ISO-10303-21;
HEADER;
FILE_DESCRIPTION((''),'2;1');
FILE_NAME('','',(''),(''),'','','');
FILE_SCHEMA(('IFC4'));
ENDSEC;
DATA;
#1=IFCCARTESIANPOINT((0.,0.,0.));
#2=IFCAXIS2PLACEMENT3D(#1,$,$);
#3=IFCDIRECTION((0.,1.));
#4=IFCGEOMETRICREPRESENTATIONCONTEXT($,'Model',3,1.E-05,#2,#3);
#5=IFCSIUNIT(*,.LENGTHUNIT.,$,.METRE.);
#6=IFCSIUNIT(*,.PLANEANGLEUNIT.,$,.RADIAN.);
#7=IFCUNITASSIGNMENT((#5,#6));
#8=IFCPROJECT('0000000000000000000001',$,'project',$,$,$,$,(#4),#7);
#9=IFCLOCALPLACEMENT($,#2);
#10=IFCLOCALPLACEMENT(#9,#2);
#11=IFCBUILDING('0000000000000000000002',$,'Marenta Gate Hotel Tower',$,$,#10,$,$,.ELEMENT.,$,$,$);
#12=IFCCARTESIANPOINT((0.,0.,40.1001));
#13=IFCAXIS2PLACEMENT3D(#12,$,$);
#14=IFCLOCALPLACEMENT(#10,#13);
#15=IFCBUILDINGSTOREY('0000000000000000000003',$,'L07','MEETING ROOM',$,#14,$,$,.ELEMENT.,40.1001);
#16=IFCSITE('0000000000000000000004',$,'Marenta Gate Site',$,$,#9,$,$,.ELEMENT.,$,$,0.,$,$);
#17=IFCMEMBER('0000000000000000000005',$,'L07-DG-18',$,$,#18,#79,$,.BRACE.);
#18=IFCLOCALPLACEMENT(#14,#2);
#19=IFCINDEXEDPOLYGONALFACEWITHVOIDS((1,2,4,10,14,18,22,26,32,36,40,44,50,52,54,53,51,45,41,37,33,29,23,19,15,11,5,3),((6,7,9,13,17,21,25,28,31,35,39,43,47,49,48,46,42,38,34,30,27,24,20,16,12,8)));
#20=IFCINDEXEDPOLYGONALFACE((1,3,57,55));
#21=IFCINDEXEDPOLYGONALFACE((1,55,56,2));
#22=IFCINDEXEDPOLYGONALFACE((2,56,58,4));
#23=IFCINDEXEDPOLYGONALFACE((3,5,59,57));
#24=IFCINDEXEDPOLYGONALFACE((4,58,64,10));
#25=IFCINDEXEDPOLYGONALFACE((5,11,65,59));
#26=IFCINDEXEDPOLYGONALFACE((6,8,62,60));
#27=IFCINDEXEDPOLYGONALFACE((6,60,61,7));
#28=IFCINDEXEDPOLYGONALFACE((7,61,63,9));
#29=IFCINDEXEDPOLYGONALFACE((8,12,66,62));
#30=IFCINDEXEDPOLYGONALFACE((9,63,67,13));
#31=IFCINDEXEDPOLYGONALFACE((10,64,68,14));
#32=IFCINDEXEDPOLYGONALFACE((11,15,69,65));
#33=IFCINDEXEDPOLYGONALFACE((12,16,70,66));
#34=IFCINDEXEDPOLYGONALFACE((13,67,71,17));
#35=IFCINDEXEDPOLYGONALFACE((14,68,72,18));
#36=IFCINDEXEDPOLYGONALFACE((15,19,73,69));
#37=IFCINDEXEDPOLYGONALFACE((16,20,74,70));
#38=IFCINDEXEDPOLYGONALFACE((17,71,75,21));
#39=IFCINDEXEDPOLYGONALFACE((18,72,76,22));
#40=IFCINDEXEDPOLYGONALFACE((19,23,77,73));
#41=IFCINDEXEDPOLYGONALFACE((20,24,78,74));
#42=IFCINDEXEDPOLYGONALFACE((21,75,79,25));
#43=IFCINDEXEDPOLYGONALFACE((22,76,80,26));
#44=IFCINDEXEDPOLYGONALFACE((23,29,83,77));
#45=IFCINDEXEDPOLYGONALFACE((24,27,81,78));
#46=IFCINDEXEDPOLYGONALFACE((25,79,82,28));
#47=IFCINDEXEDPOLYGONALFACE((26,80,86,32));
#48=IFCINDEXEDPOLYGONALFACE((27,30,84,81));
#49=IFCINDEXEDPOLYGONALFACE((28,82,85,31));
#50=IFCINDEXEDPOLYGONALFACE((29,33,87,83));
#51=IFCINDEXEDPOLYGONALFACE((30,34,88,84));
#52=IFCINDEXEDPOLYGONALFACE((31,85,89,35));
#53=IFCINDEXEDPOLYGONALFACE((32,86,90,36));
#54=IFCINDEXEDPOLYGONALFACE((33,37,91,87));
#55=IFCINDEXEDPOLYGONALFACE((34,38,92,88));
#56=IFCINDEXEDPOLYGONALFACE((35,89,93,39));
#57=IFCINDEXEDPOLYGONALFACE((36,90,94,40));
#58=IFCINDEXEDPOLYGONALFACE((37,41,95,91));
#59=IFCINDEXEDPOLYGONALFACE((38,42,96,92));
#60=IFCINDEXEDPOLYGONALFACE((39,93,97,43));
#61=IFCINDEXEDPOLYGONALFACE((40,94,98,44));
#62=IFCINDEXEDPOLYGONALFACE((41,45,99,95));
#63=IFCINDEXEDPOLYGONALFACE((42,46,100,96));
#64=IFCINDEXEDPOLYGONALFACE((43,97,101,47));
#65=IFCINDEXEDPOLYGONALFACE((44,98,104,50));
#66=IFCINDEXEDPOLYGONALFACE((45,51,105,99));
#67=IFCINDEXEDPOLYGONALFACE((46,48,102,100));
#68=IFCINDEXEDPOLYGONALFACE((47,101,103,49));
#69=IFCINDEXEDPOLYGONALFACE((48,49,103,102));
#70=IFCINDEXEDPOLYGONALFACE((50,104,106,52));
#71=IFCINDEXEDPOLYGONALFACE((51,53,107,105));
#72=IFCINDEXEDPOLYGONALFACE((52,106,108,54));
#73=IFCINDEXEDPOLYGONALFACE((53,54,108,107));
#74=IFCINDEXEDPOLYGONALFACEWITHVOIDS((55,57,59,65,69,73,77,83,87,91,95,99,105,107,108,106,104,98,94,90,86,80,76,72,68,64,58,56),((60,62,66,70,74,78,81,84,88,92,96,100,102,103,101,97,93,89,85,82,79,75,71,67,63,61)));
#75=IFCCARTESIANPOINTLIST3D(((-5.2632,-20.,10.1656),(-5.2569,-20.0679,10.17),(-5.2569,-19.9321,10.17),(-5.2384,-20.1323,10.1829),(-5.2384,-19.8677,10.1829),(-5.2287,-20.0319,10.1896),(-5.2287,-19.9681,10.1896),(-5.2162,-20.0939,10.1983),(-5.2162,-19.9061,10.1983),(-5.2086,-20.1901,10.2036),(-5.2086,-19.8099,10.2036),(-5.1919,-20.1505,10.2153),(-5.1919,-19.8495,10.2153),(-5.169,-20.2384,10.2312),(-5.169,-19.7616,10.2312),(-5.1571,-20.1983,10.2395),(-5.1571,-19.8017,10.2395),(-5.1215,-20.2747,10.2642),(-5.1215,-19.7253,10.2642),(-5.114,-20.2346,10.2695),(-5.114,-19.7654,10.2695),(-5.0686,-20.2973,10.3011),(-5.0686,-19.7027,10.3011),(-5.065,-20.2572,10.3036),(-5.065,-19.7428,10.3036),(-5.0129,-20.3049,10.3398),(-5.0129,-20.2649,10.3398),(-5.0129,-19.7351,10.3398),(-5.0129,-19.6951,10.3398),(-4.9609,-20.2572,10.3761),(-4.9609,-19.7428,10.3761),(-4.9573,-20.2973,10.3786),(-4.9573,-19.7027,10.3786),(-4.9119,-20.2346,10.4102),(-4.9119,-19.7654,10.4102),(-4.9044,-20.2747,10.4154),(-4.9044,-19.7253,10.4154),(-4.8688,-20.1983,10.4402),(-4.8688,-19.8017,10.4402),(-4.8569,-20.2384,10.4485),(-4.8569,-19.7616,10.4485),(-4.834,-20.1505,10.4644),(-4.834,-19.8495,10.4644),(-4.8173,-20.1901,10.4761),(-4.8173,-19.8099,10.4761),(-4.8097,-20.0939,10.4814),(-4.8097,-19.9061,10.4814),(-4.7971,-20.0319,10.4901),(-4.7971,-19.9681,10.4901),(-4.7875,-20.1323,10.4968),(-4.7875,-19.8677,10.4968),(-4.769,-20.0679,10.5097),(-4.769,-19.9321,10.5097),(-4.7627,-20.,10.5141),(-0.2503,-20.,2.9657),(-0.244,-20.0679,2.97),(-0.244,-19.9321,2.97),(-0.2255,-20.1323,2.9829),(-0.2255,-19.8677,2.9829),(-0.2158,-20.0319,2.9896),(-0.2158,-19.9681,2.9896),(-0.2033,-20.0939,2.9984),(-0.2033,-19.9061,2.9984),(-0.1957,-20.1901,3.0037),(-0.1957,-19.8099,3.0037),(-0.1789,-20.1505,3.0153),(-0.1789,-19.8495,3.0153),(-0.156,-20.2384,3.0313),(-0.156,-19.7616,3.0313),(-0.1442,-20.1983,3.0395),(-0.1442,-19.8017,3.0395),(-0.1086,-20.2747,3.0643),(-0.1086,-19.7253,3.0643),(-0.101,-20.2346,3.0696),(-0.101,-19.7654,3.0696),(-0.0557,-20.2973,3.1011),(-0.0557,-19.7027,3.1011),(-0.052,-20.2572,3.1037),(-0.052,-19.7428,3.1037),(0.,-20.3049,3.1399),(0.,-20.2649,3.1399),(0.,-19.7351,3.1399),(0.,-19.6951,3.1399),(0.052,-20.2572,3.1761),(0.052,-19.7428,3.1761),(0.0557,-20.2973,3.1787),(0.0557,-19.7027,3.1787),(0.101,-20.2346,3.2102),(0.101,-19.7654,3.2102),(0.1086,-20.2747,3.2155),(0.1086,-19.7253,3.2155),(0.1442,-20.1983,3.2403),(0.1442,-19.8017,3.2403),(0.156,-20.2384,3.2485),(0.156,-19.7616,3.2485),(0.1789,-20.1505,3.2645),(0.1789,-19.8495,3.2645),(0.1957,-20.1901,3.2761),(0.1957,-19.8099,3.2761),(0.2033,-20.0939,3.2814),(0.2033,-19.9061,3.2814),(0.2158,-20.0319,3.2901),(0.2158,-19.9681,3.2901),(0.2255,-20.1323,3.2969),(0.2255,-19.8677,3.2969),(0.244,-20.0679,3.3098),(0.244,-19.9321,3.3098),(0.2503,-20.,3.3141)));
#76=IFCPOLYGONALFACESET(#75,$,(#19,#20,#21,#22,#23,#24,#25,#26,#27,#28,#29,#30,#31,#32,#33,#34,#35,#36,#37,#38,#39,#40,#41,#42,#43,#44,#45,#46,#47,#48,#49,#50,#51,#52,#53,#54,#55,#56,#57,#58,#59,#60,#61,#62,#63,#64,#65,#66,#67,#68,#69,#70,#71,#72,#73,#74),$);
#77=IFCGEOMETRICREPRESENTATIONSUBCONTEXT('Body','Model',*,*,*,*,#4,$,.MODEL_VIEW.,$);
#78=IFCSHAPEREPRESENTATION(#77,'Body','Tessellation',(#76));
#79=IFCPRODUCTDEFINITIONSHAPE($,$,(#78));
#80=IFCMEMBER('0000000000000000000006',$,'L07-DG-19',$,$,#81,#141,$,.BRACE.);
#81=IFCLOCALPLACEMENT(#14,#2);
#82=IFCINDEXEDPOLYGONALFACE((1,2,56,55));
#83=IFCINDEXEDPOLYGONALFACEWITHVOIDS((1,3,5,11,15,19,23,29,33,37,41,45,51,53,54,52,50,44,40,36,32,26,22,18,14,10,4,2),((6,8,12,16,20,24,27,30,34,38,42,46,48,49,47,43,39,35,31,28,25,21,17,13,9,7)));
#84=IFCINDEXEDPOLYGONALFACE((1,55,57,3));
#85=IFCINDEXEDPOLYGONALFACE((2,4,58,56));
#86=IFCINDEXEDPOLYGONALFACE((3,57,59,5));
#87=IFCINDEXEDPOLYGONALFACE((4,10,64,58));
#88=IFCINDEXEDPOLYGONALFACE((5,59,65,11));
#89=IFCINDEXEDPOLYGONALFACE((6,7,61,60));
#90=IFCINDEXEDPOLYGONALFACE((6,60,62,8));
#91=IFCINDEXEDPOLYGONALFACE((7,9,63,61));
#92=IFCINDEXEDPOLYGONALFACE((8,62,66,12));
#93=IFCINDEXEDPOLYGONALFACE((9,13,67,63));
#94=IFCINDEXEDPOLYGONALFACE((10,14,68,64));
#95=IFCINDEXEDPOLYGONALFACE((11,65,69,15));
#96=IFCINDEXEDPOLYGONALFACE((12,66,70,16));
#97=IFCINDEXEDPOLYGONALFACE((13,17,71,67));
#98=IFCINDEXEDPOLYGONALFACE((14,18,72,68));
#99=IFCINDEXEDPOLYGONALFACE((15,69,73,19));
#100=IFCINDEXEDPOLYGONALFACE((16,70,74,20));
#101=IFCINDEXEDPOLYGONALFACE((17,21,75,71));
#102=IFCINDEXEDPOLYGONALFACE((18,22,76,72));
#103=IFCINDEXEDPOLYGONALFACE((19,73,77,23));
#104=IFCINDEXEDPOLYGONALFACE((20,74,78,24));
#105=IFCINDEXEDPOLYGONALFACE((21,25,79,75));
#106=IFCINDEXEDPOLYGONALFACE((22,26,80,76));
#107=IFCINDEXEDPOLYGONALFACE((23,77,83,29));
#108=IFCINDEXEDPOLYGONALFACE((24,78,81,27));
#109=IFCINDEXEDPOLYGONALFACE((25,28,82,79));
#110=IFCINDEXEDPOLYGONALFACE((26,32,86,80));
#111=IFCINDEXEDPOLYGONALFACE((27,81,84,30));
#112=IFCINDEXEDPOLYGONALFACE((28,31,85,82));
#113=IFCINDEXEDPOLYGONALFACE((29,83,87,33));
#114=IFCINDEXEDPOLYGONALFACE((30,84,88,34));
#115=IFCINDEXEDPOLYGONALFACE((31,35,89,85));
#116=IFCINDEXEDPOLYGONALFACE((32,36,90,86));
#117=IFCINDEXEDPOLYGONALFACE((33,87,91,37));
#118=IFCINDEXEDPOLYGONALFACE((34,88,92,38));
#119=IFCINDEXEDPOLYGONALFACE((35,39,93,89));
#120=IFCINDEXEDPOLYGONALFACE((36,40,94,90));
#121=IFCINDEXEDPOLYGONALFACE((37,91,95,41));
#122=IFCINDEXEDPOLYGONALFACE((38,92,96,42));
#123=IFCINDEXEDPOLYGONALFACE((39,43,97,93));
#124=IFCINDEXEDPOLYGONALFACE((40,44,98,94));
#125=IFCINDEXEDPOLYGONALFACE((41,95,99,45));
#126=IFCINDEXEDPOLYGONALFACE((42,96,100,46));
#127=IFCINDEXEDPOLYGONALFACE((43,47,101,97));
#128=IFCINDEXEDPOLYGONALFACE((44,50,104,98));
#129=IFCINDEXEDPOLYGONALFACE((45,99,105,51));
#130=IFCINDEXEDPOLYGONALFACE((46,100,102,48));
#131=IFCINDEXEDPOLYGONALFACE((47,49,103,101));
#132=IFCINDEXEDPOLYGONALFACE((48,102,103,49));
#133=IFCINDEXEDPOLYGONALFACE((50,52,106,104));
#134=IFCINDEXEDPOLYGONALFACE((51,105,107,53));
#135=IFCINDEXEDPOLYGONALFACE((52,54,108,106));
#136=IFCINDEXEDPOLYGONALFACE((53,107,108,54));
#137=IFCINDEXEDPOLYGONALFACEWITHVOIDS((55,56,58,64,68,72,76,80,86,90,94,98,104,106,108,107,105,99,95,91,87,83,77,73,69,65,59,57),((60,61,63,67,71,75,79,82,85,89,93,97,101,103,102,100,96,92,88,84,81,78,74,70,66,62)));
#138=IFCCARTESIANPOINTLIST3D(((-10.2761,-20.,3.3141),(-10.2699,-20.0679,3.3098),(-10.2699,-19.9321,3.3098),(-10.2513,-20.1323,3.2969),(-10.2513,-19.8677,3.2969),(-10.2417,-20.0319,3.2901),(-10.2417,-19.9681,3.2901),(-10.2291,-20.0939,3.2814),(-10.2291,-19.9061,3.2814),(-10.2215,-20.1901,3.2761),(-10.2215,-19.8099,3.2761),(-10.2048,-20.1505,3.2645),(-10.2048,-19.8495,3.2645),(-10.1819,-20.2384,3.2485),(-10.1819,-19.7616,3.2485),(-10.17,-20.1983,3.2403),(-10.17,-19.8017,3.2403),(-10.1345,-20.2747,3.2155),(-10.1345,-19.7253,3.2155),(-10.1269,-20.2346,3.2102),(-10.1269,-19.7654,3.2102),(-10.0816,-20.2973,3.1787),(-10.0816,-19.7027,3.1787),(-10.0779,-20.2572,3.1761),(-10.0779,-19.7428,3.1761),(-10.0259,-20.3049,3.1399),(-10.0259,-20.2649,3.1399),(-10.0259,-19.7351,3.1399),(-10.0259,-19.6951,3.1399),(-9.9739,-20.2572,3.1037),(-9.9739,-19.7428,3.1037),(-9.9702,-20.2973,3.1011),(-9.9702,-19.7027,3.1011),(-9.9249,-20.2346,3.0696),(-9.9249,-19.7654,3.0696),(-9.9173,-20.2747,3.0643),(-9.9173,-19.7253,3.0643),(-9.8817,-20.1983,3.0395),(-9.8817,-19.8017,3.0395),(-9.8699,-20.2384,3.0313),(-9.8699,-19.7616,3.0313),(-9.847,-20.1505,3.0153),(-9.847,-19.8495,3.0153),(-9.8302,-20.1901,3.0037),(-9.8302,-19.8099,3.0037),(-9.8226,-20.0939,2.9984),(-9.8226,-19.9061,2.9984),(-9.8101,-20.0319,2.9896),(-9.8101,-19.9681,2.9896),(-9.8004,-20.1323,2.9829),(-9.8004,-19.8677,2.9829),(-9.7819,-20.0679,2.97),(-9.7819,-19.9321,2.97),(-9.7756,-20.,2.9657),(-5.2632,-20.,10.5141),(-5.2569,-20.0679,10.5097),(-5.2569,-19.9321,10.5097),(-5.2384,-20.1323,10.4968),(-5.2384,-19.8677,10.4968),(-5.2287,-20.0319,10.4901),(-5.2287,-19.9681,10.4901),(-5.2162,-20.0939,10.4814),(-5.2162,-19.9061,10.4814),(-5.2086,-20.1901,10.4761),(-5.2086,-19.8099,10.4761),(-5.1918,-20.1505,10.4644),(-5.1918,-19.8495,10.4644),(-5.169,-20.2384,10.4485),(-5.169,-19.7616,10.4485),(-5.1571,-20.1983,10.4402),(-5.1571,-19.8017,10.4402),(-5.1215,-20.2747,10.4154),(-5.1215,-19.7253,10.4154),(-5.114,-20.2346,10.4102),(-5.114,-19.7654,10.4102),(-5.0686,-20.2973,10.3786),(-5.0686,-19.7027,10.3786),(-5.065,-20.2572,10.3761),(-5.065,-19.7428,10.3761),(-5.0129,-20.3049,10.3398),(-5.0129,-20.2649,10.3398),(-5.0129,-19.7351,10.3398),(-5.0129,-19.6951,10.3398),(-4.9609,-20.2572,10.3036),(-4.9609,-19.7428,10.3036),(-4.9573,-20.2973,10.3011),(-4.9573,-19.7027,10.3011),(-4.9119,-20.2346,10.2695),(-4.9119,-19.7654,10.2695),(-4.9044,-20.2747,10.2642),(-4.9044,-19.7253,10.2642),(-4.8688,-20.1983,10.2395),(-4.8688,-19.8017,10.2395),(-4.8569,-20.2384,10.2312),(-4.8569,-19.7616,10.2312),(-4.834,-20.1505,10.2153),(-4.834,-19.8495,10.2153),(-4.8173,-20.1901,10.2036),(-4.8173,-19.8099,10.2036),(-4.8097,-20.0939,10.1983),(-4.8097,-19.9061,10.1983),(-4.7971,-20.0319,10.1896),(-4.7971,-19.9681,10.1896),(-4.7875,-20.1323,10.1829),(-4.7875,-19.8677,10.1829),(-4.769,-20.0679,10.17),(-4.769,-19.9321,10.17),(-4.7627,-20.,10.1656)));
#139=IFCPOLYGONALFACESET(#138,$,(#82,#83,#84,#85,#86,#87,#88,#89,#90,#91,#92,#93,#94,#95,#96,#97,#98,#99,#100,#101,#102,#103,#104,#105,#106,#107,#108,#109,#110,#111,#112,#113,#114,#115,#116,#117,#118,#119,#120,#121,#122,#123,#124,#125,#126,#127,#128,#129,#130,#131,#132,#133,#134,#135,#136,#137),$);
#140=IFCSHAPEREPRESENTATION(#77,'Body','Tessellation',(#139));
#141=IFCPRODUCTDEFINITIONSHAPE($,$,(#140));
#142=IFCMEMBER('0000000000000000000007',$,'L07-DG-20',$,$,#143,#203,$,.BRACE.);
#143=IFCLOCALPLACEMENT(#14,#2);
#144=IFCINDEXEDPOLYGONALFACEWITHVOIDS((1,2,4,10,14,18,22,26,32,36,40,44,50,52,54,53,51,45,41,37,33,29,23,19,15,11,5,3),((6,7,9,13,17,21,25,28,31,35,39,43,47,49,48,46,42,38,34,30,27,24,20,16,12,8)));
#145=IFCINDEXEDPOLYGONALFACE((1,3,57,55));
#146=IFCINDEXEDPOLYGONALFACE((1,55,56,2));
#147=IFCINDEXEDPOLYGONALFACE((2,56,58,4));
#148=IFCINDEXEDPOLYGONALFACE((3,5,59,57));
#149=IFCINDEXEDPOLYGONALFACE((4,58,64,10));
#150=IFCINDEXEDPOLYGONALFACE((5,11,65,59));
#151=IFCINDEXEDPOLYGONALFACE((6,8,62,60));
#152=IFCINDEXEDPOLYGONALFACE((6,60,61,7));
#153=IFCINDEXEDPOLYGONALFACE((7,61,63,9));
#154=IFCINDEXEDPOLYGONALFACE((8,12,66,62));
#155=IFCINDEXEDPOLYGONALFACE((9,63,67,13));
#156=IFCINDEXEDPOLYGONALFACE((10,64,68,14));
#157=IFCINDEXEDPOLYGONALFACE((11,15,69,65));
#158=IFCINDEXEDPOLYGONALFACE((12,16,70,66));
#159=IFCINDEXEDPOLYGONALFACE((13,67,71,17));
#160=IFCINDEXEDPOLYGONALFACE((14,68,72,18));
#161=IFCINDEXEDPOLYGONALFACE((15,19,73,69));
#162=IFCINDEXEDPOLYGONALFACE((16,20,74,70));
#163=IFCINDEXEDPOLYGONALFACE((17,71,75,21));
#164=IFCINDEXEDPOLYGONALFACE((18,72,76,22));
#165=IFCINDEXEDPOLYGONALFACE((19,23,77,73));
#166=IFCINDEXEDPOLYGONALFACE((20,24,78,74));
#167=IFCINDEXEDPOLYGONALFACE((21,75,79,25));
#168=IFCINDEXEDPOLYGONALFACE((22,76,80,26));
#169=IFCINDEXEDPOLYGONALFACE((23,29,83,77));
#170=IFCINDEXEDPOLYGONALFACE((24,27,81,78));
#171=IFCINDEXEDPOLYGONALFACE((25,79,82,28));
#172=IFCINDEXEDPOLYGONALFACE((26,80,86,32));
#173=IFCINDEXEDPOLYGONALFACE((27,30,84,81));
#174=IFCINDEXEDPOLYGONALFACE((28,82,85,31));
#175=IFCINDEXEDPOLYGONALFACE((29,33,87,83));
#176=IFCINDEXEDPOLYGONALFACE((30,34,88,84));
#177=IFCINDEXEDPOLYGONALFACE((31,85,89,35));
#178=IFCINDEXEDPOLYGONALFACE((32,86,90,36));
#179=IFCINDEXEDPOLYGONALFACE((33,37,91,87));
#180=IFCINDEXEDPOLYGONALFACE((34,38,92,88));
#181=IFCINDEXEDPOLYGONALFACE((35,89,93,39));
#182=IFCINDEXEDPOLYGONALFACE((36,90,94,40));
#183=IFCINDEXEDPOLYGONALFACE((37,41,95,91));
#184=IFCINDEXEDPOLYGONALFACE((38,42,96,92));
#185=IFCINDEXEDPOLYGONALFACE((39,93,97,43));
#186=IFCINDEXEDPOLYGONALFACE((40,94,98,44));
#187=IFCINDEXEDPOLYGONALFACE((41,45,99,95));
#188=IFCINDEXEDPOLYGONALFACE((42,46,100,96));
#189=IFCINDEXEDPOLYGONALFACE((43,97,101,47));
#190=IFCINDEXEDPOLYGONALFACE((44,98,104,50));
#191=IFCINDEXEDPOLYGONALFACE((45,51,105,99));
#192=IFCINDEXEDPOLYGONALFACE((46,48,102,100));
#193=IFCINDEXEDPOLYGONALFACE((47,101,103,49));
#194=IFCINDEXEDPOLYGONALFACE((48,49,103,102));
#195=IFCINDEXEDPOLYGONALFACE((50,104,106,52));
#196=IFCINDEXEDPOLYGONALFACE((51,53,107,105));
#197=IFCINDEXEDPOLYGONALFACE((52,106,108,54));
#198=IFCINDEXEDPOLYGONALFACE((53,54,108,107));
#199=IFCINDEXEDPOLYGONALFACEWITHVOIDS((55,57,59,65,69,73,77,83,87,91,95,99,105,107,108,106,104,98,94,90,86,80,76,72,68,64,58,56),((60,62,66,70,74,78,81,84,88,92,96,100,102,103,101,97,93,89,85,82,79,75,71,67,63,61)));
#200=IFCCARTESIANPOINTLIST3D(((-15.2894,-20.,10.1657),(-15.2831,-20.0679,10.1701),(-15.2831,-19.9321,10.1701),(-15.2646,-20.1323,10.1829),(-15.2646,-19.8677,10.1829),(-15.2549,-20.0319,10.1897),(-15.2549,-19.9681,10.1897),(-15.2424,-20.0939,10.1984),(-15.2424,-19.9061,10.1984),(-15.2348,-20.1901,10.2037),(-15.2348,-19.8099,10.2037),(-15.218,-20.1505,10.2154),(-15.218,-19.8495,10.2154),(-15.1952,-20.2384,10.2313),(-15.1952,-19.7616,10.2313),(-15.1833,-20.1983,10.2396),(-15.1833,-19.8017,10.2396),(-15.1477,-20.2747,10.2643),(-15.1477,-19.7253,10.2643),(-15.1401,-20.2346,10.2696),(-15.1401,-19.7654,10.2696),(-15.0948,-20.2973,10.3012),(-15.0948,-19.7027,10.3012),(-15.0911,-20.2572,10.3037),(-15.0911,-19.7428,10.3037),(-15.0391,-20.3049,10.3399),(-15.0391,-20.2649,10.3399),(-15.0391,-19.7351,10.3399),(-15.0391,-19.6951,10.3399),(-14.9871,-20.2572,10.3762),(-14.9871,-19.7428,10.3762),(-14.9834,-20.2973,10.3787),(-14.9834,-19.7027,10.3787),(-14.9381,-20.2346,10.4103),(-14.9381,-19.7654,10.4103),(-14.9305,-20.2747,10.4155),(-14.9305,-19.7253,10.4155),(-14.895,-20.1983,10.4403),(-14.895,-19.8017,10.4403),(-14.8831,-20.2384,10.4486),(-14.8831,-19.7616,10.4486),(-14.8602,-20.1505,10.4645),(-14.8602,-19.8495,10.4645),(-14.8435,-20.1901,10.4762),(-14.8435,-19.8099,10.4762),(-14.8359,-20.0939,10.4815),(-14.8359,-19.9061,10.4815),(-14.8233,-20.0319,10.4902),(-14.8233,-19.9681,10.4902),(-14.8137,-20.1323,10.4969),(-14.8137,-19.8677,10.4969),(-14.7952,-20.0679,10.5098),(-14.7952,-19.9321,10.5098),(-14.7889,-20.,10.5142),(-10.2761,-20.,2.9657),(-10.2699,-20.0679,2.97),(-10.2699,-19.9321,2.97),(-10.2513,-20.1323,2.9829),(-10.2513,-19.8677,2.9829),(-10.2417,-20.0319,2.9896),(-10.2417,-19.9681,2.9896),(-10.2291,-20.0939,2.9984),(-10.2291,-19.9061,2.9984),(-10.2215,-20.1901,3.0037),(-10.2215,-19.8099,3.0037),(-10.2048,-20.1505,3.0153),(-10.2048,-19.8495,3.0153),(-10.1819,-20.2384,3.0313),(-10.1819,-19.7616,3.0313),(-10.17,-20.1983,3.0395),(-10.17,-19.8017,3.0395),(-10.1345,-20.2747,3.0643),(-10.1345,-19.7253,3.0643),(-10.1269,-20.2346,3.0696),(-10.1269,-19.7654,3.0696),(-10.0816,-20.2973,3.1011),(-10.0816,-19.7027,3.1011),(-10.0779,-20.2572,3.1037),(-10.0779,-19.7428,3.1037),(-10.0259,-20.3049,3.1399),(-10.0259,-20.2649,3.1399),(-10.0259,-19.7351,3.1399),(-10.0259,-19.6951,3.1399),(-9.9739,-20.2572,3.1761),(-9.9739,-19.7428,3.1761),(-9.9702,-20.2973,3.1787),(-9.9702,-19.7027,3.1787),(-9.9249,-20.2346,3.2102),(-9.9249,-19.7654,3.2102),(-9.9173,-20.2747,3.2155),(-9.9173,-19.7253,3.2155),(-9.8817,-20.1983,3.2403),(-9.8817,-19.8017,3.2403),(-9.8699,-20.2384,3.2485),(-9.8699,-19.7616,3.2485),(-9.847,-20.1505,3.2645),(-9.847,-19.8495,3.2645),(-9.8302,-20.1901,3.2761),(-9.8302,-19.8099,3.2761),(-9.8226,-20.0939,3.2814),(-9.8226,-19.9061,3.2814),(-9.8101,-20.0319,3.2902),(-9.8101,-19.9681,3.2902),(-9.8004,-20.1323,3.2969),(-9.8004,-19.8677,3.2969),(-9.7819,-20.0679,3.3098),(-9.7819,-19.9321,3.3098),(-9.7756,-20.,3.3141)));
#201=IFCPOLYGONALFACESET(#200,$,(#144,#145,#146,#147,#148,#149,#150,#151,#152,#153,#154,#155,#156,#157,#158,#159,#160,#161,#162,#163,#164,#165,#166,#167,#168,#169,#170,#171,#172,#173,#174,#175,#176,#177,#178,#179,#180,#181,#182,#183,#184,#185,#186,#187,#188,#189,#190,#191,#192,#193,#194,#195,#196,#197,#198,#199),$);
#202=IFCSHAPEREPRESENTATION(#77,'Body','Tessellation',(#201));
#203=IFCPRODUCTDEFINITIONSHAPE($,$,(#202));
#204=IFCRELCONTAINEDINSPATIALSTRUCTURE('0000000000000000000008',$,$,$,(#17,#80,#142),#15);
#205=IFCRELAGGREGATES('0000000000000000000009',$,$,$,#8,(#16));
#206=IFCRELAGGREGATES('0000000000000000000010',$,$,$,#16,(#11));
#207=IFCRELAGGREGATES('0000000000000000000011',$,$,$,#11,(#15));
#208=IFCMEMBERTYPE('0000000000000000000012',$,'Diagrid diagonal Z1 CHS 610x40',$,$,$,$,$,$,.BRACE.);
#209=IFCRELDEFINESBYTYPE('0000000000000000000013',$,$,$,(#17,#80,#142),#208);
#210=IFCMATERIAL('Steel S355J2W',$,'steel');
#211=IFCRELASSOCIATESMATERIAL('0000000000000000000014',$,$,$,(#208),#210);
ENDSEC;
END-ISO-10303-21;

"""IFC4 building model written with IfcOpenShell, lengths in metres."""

from ifc_helpers import new_model, si_unit, direction, frame, origin, origin_2d, place, context, subcontext, project, spatial, hollow_circle, extrude, material, material_profile, profile_set, type_object, element, save


model = new_model("IFC4")

# Units and contexts
model_context = context("Model", 3, precision=1e-05, world=origin(), true_north=direction((0.0, 1.0)))
body_context = subcontext(model_context, "Body", "Model", "MODEL_VIEW")
ifc_project = project(units=[si_unit("LENGTHUNIT", "METRE"), si_unit("PLANEANGLEUNIT", "RADIAN")], contexts=[model_context])

# Site, building, storey
site_placement = place(None, origin())
site = spatial("IfcSite", under=ifc_project, at=site_placement, Name="Marenta Gate Site", CompositionType="ELEMENT", RefElevation=0.0)
building_placement = place(site_placement, origin())
building = spatial("IfcBuilding", under=site, at=building_placement, Name="Marenta Gate Hotel Tower", CompositionType="ELEMENT")
storey_placement = place(building_placement, frame((0.0, 0.0, 40.1001)))
storey = spatial("IfcBuildingStorey", under=building, at=storey_placement, Name="L07", Description="MEETING ROOM", CompositionType="ELEMENT", Elevation=40.1001)

# Members
ifc_material_1 = material(Name="Steel S355J2W", Category="steel")
ifc_material_profile_1 = material_profile(ifc_material_1, hollow_circle(Radius=0.3049, WallThickness=0.04, at=origin_2d()), Name="CHS 610x40")
ifc_profile_set_1 = profile_set([ifc_material_profile_1], Name="Steel S355J2W")
member_type_1 = type_object("IfcMemberType", Name="Diagrid diagonal Z1 CHS 610x40", PredefinedType="BRACE", material=ifc_profile_set_1)
for number, where, z_axis, x_axis, name in (
    (1, (0.0, -20.0, 3.1399), (-0.571393, 0.0, 0.820677), (0.0, -1.0, 0.0), "L07-DG-18"),
    (2, (-10.0259, -20.0, 3.1399), (0.571393, 0.0, 0.820677), (0.0, 1.0, 0.0), "L07-DG-19"),
):
    element("IfcMember", number, at=place(storey_placement, frame(where, z_axis=z_axis, x_axis=x_axis)), inside=storey, type_object=member_type_1, Name=name, PredefinedType="BRACE", context=body_context, shape_type="SweptSolid", body=[
        extrude(hollow_circle(Radius=0.3049, WallThickness=0.04, at=origin_2d()), origin(), (0.0, 0.0, 1.0), 8.7732),
    ])
member_1_placement = place(storey_placement, frame((-10.0259, -20.0, 3.1399), z_axis=(-0.571412, 0.0, 0.820664), x_axis=(0.0, -1.0, 0.0)))
element("IfcMember", 3, at=member_1_placement, inside=storey, type_object=member_type_1, Name="L07-DG-20", PredefinedType="BRACE", context=body_context, shape_type="SweptSolid", body=[
    extrude(hollow_circle(Radius=0.3049, WallThickness=0.04, at=origin_2d()), origin(), (0.0, 0.0, 1.0), 8.7734),
])

save(model, "model.ifc")
